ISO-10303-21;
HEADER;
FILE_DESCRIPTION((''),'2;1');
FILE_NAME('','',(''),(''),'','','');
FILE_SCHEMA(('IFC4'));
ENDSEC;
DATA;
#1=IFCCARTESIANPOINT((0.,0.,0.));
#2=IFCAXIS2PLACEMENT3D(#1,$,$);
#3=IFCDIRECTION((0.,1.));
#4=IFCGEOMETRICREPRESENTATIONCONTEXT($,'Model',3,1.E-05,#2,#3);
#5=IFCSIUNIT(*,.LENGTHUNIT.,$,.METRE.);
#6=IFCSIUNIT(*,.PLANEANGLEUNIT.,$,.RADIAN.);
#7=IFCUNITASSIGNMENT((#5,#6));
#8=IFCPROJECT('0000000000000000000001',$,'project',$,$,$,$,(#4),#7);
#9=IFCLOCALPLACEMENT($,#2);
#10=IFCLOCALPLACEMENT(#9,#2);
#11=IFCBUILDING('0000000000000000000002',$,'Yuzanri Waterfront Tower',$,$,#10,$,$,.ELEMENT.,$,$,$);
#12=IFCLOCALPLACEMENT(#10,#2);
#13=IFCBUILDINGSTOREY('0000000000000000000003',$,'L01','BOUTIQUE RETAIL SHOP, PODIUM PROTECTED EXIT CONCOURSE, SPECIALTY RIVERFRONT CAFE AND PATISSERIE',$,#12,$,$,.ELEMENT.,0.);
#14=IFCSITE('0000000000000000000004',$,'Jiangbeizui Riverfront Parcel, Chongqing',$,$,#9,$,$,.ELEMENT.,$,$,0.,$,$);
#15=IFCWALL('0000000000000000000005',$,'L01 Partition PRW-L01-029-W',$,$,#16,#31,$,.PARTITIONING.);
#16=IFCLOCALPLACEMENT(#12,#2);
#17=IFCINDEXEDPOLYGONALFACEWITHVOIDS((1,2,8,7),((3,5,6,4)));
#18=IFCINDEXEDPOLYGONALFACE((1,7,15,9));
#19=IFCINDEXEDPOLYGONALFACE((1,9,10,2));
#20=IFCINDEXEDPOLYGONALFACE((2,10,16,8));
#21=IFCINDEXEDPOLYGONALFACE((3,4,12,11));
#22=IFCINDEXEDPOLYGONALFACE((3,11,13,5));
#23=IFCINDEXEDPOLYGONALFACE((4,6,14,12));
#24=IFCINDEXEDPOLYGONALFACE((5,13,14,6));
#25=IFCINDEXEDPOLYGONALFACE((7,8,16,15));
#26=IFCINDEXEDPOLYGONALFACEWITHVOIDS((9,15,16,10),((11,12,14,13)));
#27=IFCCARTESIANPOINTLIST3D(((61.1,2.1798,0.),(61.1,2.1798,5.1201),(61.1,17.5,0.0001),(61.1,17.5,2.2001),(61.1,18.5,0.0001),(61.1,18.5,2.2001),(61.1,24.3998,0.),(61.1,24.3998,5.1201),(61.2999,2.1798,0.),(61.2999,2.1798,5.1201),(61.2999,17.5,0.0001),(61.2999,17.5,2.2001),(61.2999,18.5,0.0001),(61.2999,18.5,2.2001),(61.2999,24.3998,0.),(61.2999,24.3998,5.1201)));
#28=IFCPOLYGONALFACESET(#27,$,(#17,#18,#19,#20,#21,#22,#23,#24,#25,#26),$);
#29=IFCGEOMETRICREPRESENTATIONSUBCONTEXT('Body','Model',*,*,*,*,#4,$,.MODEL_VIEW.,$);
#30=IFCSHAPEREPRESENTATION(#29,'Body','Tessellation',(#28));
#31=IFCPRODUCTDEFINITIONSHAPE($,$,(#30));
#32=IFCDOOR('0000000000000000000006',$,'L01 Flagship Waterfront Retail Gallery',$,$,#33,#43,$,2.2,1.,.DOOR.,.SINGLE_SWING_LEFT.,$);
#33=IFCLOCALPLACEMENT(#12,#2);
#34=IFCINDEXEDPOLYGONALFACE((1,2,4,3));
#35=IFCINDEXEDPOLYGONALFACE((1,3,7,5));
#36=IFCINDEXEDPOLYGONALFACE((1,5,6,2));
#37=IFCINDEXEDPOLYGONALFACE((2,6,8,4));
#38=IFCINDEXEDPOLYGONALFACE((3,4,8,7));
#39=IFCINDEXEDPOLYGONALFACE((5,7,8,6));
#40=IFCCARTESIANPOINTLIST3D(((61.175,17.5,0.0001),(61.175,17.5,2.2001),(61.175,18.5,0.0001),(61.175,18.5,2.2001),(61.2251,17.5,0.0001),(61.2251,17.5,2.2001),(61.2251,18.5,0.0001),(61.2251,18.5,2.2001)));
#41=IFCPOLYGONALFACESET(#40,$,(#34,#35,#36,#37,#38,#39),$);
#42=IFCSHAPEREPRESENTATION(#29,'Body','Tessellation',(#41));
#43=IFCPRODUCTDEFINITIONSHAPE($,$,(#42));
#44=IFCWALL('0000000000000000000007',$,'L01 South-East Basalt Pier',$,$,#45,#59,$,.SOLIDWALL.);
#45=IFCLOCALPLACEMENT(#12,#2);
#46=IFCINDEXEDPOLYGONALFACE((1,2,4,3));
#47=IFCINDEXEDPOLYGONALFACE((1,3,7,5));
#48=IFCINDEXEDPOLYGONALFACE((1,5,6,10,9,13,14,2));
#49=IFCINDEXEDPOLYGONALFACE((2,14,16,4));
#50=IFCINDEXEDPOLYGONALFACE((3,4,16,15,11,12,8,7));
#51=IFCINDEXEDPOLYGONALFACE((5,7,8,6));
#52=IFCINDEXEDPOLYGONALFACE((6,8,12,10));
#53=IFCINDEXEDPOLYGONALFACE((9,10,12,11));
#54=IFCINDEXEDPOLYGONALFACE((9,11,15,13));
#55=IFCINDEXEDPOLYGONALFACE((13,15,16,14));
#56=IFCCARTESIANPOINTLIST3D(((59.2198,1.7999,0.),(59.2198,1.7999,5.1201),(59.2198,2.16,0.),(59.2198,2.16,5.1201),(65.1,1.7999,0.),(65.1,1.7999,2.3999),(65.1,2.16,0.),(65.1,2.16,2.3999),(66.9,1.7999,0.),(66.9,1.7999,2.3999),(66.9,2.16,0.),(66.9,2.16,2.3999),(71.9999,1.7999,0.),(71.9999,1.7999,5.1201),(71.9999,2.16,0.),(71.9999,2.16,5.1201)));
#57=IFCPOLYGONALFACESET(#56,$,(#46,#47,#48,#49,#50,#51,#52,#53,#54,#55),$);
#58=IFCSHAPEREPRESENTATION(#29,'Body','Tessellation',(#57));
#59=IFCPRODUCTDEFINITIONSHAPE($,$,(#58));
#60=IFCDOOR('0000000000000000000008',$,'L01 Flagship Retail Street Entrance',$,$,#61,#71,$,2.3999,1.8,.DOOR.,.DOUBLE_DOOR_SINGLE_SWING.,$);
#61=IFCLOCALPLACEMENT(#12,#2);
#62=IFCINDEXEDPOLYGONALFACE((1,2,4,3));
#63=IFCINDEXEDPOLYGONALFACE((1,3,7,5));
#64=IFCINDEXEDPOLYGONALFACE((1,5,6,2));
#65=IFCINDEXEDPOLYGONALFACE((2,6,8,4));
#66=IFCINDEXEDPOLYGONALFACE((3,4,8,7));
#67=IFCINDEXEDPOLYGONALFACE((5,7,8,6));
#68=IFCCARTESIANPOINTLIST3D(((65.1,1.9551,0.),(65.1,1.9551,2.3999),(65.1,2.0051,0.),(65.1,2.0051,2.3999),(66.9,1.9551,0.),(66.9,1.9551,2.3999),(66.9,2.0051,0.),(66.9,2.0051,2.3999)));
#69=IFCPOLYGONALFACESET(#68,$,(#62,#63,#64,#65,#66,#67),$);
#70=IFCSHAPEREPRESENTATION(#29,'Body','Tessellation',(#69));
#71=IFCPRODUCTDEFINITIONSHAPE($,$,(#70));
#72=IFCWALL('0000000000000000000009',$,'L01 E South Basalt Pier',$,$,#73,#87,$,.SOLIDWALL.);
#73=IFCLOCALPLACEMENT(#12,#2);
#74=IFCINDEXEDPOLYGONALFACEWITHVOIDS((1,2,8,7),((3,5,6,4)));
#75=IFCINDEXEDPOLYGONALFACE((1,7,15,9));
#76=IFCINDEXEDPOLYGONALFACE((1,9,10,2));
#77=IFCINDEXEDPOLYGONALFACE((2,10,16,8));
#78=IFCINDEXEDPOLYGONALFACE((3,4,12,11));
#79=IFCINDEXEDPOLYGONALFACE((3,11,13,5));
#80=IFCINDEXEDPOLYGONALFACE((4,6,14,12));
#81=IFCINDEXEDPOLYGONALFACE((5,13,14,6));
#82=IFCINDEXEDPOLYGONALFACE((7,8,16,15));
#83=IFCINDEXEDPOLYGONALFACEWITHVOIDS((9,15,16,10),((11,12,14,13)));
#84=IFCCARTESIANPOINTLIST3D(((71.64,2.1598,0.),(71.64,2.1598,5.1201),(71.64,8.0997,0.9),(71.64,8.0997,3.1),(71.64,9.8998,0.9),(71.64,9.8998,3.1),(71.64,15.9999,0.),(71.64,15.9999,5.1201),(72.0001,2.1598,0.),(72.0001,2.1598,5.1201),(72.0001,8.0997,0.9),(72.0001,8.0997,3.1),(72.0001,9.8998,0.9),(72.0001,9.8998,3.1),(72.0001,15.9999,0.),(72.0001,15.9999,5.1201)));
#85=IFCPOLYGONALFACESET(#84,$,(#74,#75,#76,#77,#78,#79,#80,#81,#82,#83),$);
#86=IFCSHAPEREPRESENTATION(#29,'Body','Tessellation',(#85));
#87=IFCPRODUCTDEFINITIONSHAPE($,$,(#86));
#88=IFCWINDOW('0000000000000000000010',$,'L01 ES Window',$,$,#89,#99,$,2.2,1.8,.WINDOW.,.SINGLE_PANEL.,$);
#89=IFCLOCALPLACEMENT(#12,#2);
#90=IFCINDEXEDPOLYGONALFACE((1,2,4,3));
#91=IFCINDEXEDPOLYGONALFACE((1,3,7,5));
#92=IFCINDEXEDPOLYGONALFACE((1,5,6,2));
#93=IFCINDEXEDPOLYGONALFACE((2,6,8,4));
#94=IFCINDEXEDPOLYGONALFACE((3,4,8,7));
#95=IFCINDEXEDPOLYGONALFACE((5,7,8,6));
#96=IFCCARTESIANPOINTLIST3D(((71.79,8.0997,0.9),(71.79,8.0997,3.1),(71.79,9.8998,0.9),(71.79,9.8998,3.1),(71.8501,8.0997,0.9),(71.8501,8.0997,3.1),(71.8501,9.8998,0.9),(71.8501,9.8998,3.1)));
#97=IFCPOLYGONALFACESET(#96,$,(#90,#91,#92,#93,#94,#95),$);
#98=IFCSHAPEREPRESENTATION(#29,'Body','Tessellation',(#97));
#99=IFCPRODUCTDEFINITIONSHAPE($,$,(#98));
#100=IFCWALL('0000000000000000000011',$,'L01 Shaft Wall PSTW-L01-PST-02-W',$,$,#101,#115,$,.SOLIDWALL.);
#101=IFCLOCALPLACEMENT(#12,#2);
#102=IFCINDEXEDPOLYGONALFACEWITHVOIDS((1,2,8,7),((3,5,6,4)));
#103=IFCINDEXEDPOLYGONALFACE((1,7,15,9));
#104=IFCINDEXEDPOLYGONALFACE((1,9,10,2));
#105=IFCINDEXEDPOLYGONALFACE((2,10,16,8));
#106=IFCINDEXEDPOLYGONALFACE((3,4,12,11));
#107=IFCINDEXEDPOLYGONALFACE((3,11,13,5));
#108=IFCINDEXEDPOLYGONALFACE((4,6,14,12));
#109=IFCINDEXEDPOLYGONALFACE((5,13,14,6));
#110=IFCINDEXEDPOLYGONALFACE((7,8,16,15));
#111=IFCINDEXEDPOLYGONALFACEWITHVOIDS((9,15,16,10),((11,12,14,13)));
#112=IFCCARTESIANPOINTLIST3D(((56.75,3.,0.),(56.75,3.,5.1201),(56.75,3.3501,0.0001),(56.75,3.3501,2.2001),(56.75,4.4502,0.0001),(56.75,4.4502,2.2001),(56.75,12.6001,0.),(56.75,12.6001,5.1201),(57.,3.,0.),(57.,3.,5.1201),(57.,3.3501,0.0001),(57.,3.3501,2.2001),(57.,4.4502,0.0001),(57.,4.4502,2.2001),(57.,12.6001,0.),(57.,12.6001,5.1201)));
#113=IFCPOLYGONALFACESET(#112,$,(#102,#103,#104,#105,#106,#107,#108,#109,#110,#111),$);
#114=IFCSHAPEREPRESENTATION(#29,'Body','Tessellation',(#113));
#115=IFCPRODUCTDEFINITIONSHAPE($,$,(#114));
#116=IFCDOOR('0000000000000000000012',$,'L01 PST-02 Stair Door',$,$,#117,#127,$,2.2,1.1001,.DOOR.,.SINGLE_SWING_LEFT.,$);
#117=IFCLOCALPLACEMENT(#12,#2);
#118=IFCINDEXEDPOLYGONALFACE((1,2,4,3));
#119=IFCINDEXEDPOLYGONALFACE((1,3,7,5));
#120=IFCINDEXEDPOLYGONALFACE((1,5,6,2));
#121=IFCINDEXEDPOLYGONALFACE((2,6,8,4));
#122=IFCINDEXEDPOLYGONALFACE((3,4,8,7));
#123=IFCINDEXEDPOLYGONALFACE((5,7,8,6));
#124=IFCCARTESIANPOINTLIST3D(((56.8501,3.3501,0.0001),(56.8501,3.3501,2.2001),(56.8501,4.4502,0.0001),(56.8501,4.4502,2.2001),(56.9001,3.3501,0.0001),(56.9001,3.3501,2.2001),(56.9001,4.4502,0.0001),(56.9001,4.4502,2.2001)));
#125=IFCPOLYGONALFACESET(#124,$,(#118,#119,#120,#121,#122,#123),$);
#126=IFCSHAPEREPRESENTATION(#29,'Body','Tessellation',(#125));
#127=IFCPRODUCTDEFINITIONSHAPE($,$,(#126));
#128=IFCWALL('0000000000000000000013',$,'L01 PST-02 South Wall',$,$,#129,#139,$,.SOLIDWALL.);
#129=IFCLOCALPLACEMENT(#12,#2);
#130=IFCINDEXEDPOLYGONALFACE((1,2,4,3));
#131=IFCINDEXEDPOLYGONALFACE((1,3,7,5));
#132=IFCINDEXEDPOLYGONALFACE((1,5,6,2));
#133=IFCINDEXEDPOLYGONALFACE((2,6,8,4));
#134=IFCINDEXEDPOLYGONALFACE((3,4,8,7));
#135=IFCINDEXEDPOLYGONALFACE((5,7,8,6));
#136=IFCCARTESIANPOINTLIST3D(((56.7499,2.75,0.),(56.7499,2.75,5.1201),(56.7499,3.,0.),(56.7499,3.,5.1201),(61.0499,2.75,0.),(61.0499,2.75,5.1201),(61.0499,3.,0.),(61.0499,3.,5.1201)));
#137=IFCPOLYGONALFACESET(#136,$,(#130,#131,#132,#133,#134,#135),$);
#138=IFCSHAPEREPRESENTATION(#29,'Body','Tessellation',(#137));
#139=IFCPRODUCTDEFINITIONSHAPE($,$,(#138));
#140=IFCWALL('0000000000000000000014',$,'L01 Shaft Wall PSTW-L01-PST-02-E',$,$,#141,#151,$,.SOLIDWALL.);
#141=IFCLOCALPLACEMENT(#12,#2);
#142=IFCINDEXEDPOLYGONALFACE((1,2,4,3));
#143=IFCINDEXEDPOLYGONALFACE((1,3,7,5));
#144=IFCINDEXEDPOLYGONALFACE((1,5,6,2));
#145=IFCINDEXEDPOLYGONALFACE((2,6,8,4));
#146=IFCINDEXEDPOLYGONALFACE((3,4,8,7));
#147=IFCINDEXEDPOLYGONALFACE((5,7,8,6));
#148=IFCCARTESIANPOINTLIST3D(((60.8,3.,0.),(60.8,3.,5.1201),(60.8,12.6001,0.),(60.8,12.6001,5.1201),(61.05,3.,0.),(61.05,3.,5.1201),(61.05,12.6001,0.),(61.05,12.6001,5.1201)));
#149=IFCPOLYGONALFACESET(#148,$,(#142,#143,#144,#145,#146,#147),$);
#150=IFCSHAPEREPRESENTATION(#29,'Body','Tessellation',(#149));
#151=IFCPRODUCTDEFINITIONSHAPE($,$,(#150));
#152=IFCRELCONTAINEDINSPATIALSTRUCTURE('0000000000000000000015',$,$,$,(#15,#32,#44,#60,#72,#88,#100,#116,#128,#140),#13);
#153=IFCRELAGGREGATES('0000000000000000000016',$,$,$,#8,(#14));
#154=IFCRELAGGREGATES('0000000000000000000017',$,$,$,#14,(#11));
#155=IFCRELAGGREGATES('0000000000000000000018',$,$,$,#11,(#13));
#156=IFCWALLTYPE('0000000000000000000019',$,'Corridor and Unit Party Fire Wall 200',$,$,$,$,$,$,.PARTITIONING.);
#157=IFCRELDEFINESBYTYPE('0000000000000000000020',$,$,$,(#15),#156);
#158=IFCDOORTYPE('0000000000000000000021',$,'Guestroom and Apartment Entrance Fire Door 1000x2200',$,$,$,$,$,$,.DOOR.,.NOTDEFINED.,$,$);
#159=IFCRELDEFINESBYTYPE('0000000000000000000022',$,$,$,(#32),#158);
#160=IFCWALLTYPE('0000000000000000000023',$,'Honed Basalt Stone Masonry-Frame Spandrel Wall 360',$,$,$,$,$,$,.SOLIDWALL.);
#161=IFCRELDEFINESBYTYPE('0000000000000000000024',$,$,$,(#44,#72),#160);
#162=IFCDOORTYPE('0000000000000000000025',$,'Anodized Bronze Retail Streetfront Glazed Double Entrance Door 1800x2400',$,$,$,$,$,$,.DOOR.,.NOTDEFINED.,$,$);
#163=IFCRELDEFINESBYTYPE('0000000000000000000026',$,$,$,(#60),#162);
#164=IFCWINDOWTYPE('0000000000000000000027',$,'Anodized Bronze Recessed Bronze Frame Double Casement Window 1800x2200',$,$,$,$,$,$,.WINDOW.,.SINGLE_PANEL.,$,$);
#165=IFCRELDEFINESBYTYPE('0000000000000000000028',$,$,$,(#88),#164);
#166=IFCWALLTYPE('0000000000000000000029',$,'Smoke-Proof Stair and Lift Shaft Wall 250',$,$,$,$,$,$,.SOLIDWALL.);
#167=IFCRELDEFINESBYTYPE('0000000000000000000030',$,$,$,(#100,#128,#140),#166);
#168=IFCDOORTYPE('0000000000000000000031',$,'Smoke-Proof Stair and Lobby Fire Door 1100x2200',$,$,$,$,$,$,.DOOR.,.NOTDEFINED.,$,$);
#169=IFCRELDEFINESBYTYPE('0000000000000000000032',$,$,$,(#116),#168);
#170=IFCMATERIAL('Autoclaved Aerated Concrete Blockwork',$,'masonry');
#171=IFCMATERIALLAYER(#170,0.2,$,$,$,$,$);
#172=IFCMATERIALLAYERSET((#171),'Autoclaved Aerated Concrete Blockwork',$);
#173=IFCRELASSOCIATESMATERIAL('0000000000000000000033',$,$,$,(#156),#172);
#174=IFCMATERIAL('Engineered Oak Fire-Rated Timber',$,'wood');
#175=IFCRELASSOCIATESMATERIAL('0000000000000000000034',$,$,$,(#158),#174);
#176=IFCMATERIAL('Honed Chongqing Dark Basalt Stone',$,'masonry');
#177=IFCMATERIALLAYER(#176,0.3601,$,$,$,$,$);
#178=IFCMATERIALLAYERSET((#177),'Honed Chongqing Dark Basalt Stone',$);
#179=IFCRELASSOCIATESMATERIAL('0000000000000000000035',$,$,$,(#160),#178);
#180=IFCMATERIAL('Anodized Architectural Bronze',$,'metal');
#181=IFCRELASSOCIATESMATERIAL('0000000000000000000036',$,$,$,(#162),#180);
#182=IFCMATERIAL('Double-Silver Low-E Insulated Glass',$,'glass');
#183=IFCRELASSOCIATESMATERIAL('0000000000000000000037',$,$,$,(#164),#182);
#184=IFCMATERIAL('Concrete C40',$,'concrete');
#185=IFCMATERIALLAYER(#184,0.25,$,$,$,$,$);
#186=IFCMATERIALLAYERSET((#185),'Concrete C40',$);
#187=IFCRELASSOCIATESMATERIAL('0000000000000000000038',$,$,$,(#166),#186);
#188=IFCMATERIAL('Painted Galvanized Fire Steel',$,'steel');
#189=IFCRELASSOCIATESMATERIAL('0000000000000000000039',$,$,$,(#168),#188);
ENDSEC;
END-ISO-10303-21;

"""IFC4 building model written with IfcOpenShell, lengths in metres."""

from ifc_helpers import new_model, si_unit, direction, frame, frame_2d, origin, place, context, subcontext, project, spatial, rectangle, extrude, source, transform, mapped, material, layer, layer_set, type_object, element, fill, save


model = new_model("IFC4")

# Units and contexts
model_context = context("Model", 3, precision=1e-05, world=origin(), true_north=direction((0.0, 1.0)))
body_context = subcontext(model_context, "Body", "Model", "MODEL_VIEW")
ifc_project = project(units=[si_unit("LENGTHUNIT", "METRE"), si_unit("PLANEANGLEUNIT", "RADIAN")], contexts=[model_context])

# Site, building, storey
site_placement = place(None, origin())
site = spatial("IfcSite", under=ifc_project, at=site_placement, Name="Jiangbeizui Riverfront Parcel, Chongqing", CompositionType="ELEMENT", RefElevation=0.0)
building_placement = place(site_placement, origin())
building = spatial("IfcBuilding", under=site, at=building_placement, Name="Yuzanri Waterfront Tower", CompositionType="ELEMENT")
storey_placement = place(building_placement, origin())
storey = spatial("IfcBuildingStorey", under=building, at=storey_placement, Name="L01", Description="BOUTIQUE RETAIL SHOP, PODIUM PROTECTED EXIT CONCOURSE, SPECIALTY RIVERFRONT CAFE AND PATISSERIE", CompositionType="ELEMENT", Elevation=0.0)

# Walls, openings, doors
ifc_material_1 = material(Name="Autoclaved Aerated Concrete Blockwork", Category="masonry")
ifc_layer_1 = layer(ifc_material_1, 0.2)
ifc_layer_set_1 = layer_set([ifc_layer_1], Name="Autoclaved Aerated Concrete Blockwork")
wall_type_1 = type_object("IfcWallType", Name="Corridor and Unit Party Fire Wall 200", PredefinedType="PARTITIONING", material=ifc_layer_set_1)
wall_1_placement = place(storey_placement, frame((61.2, 2.1799, 0.0), z_axis=(0.0, 0.0, 1.0), x_axis=(0.0, 1.0, 0.0)))
wall_1 = element("IfcWall", 1, at=wall_1_placement, inside=storey, type_object=wall_type_1, Name="L01 Partition PRW-L01-029-W", PredefinedType="PARTITIONING", context=body_context, shape_type="SweptSolid", body=[
    extrude(rectangle(XDim=22.22, YDim=0.2, at=frame_2d((11.1099, 0.0))), origin(), (0.0, 0.0, 1.0), 5.1201),
])
opening_1_placement = place(wall_1_placement, frame((15.3201, 0.0, 0.0)))
opening_1 = element("IfcOpeningElement", 2, at=opening_1_placement, cuts=wall_1, PredefinedType="OPENING", context=body_context, shape_type="SweptSolid", body=[
    extrude(rectangle(XDim=1.0, YDim=2.2, at=frame_2d((0.5, 1.1001))), frame((0.0, 0.1147, 0.0), z_axis=(0.0, -1.0, 0.0), x_axis=(1.0, 0.0, 0.0)), (0.0, 0.0, 1.0), 0.2297),
])
ifc_material_2 = material(Name="Engineered Oak Fire-Rated Timber", Category="wood")
door_type_1 = type_object("IfcDoorType", Name="Guestroom and Apartment Entrance Fire Door 1000x2200", OperationType="NOTDEFINED", PredefinedType="DOOR", material=ifc_material_2)
shared_shape_1 = source(origin(), body_context, "Body", "SweptSolid", [
    extrude(rectangle(XDim=1.0, YDim=2.2, at=frame_2d((0.5, 1.1001))), frame((0.0, 0.0249, 0.0), z_axis=(0.0, -1.0, 0.0), x_axis=(1.0, 0.0, 0.0)), (0.0, 0.0, 1.0), 0.05),
])
door_1_placement = place(opening_1_placement, origin())
door_1 = element("IfcDoor", 3, at=door_1_placement, inside=storey, type_object=door_type_1, Name="L01 Flagship Waterfront Retail Gallery", OperationType="SINGLE_SWING_LEFT", OverallHeight=2.2, OverallWidth=1.0, PredefinedType="DOOR", context=body_context, shape_type="MappedRepresentation", body=[
    mapped(shared_shape_1, transform((0.0, 0.0, 0.0), scale=1.0)),
])
fill(opening_1, door_1)
ifc_material_3 = material(Name="Honed Chongqing Dark Basalt Stone", Category="masonry")
ifc_layer_2 = layer(ifc_material_3, 0.3601)
ifc_layer_set_2 = layer_set([ifc_layer_2], Name="Honed Chongqing Dark Basalt Stone")
wall_type_2 = type_object("IfcWallType", Name="Honed Basalt Stone Masonry-Frame Spandrel Wall 360", PredefinedType="SOLIDWALL", material=ifc_layer_set_2)
wall_2_placement = place(storey_placement, frame((72.0, 1.98, 0.0), z_axis=(0.0, 0.0, 1.0), x_axis=(-1.0, 0.0, 0.0)))
wall_2 = element("IfcWall", 4, at=wall_2_placement, inside=storey, type_object=wall_type_2, Name="L01 South-East Basalt Pier", PredefinedType="SOLIDWALL", context=body_context, shape_type="SweptSolid", body=[
    extrude(rectangle(XDim=12.78, YDim=0.3601, at=frame_2d((6.3901, 0.0))), origin(), (0.0, 0.0, 1.0), 5.1201),
])
opening_2_placement = place(wall_2_placement, frame((5.1001, 0.0, 0.0)))
opening_2 = element("IfcOpeningElement", 5, at=opening_2_placement, cuts=wall_2, PredefinedType="OPENING", context=body_context, shape_type="SweptSolid", body=[
    extrude(rectangle(XDim=1.8, YDim=2.3999, at=frame_2d((0.8999, 1.2))), frame((0.0, 0.1948, 0.0), z_axis=(0.0, -1.0, 0.0), x_axis=(1.0, 0.0, 0.0)), (0.0, 0.0, 1.0), 0.3899),
])
ifc_material_4 = material(Name="Anodized Architectural Bronze", Category="metal")
door_type_2 = type_object("IfcDoorType", Name="Anodized Bronze Retail Streetfront Glazed Double Entrance Door 1800x2400", OperationType="NOTDEFINED", PredefinedType="DOOR", material=ifc_material_4)
shared_shape_2 = source(origin(), body_context, "Body", "SweptSolid", [
    extrude(rectangle(XDim=1.8, YDim=2.3999, at=frame_2d((0.8999, 1.2))), frame((0.0, 0.0249, 0.0), z_axis=(0.0, -1.0, 0.0), x_axis=(1.0, 0.0, 0.0)), (0.0, 0.0, 1.0), 0.05),
])
door_2_placement = place(opening_2_placement, origin())
door_2 = element("IfcDoor", 6, at=door_2_placement, inside=storey, type_object=door_type_2, Name="L01 Flagship Retail Street Entrance", OperationType="DOUBLE_DOOR_SINGLE_SWING", OverallHeight=2.3999, OverallWidth=1.8, PredefinedType="DOOR", context=body_context, shape_type="MappedRepresentation", body=[
    mapped(shared_shape_2, transform((0.0, 0.0, 0.0), scale=1.0)),
])
fill(opening_2, door_2)

# Wall, opening, window
wall_3_placement = place(storey_placement, frame((71.8201, 2.1599, 0.0), z_axis=(0.0, 0.0, 1.0), x_axis=(0.0, 1.0, 0.0)))
wall_3 = element("IfcWall", 7, at=wall_3_placement, inside=storey, type_object=wall_type_2, Name="L01 E South Basalt Pier", PredefinedType="SOLIDWALL", context=body_context, shape_type="SweptSolid", body=[
    extrude(rectangle(XDim=13.8401, YDim=0.3601, at=frame_2d((6.9199, 0.0))), origin(), (0.0, 0.0, 1.0), 5.1201),
])
opening_3_placement = place(wall_3_placement, frame((5.9399, 0.0, 0.8999)))
opening_3 = element("IfcOpeningElement", 8, at=opening_3_placement, cuts=wall_3, PredefinedType="OPENING", context=body_context, shape_type="SweptSolid", body=[
    extrude(rectangle(XDim=1.8, YDim=2.2, at=frame_2d((0.8999, 1.1001))), frame((0.0, 0.1948, 0.0), z_axis=(0.0, -1.0, 0.0), x_axis=(1.0, 0.0, 0.0)), (0.0, 0.0, 1.0), 0.3899),
])
ifc_material_5 = material(Name="Double-Silver Low-E Insulated Glass", Category="glass")
window_type = type_object("IfcWindowType", Name="Anodized Bronze Recessed Bronze Frame Double Casement Window 1800x2200", PartitioningType="SINGLE_PANEL", PredefinedType="WINDOW", material=ifc_material_5)
shared_shape_3 = source(origin(), body_context, "Body", "SweptSolid", [
    extrude(rectangle(XDim=1.8, YDim=2.2, at=frame_2d((0.8999, 1.1001))), frame((0.0, 0.03, 0.0), z_axis=(0.0, -1.0, 0.0), x_axis=(1.0, 0.0, 0.0)), (0.0, 0.0, 1.0), 0.0601),
])
window_placement = place(opening_3_placement, origin())
window = element("IfcWindow", 9, at=window_placement, inside=storey, type_object=window_type, Name="L01 ES Window", OverallHeight=2.2, OverallWidth=1.8, PartitioningType="SINGLE_PANEL", PredefinedType="WINDOW", context=body_context, shape_type="MappedRepresentation", body=[
    mapped(shared_shape_3, transform((0.0, 0.0, 0.0), scale=1.0)),
])
fill(opening_3, window)

# Wall, opening, door
ifc_material_6 = material(Name="Concrete C40", Category="concrete")
ifc_layer_3 = layer(ifc_material_6, 0.25)
ifc_layer_set_3 = layer_set([ifc_layer_3], Name="Concrete C40")
wall_type_3 = type_object("IfcWallType", Name="Smoke-Proof Stair and Lift Shaft Wall 250", PredefinedType="SOLIDWALL", material=ifc_layer_set_3)
wall_4_placement = place(storey_placement, frame((56.875, 3.0, 0.0), z_axis=(0.0, 0.0, 1.0), x_axis=(0.0, 1.0, 0.0)))
wall_4 = element("IfcWall", 10, at=wall_4_placement, inside=storey, type_object=wall_type_3, Name="L01 Shaft Wall PSTW-L01-PST-02-W", PredefinedType="SOLIDWALL", context=body_context, shape_type="SweptSolid", body=[
    extrude(rectangle(XDim=9.6001, YDim=0.25, at=frame_2d((4.8, 0.0))), origin(), (0.0, 0.0, 1.0), 5.1201),
])
opening_4_placement = place(wall_4_placement, frame((0.3501, 0.0, 0.0)))
opening_4 = element("IfcOpeningElement", 11, at=opening_4_placement, cuts=wall_4, PredefinedType="OPENING", context=body_context, shape_type="SweptSolid", body=[
    extrude(rectangle(XDim=1.1001, YDim=2.2, at=frame_2d((0.55, 1.1001))), frame((0.0, 0.1399, 0.0), z_axis=(0.0, -1.0, 0.0), x_axis=(1.0, 0.0, 0.0)), (0.0, 0.0, 1.0), 0.2798),
])
ifc_material_7 = material(Name="Painted Galvanized Fire Steel", Category="steel")
door_type_3 = type_object("IfcDoorType", Name="Smoke-Proof Stair and Lobby Fire Door 1100x2200", OperationType="NOTDEFINED", PredefinedType="DOOR", material=ifc_material_7)
shared_shape_4 = source(origin(), body_context, "Body", "SweptSolid", [
    extrude(rectangle(XDim=1.1001, YDim=2.2, at=frame_2d((0.55, 1.1001))), frame((0.0, 0.0249, 0.0), z_axis=(0.0, -1.0, 0.0), x_axis=(1.0, 0.0, 0.0)), (0.0, 0.0, 1.0), 0.05),
])
door_3_placement = place(opening_4_placement, origin())
door_3 = element("IfcDoor", 12, at=door_3_placement, inside=storey, type_object=door_type_3, Name="L01 PST-02 Stair Door", OperationType="SINGLE_SWING_LEFT", OverallHeight=2.2, OverallWidth=1.1001, PredefinedType="DOOR", context=body_context, shape_type="MappedRepresentation", body=[
    mapped(shared_shape_4, transform((0.0, 0.0, 0.0), scale=1.0)),
])
fill(opening_4, door_3)

# Walls
shared_shape_5 = source(origin(), body_context, "Body", "SweptSolid", [
    extrude(rectangle(XDim=4.3, YDim=0.25, at=frame_2d((2.1499, 0.0))), origin(), (0.0, 0.0, 1.0), 5.1201),
])
wall_5_placement = place(storey_placement, frame((56.75, 2.875, 0.0), z_axis=(0.0, 0.0, 1.0), x_axis=(1.0, 0.0, 0.0)))
element("IfcWall", 13, at=wall_5_placement, inside=storey, type_object=wall_type_3, Name="L01 PST-02 South Wall", PredefinedType="SOLIDWALL", context=body_context, shape_type="MappedRepresentation", body=[
    mapped(shared_shape_5, transform((0.0, 0.0, 0.0), scale=1.0)),
])
shared_shape_6 = source(origin(), body_context, "Body", "SweptSolid", [
    extrude(rectangle(XDim=9.6001, YDim=0.25, at=frame_2d((4.8, 0.0))), origin(), (0.0, 0.0, 1.0), 5.1201),
])
wall_6_placement = place(storey_placement, frame((60.925, 3.0, 0.0), z_axis=(0.0, 0.0, 1.0), x_axis=(0.0, 1.0, 0.0)))
element("IfcWall", 14, at=wall_6_placement, inside=storey, type_object=wall_type_3, Name="L01 Shaft Wall PSTW-L01-PST-02-E", PredefinedType="SOLIDWALL", context=body_context, shape_type="MappedRepresentation", body=[
    mapped(shared_shape_6, transform((0.0, 0.0, 0.0), scale=1.0)),
])

save(model, "model.ifc")
